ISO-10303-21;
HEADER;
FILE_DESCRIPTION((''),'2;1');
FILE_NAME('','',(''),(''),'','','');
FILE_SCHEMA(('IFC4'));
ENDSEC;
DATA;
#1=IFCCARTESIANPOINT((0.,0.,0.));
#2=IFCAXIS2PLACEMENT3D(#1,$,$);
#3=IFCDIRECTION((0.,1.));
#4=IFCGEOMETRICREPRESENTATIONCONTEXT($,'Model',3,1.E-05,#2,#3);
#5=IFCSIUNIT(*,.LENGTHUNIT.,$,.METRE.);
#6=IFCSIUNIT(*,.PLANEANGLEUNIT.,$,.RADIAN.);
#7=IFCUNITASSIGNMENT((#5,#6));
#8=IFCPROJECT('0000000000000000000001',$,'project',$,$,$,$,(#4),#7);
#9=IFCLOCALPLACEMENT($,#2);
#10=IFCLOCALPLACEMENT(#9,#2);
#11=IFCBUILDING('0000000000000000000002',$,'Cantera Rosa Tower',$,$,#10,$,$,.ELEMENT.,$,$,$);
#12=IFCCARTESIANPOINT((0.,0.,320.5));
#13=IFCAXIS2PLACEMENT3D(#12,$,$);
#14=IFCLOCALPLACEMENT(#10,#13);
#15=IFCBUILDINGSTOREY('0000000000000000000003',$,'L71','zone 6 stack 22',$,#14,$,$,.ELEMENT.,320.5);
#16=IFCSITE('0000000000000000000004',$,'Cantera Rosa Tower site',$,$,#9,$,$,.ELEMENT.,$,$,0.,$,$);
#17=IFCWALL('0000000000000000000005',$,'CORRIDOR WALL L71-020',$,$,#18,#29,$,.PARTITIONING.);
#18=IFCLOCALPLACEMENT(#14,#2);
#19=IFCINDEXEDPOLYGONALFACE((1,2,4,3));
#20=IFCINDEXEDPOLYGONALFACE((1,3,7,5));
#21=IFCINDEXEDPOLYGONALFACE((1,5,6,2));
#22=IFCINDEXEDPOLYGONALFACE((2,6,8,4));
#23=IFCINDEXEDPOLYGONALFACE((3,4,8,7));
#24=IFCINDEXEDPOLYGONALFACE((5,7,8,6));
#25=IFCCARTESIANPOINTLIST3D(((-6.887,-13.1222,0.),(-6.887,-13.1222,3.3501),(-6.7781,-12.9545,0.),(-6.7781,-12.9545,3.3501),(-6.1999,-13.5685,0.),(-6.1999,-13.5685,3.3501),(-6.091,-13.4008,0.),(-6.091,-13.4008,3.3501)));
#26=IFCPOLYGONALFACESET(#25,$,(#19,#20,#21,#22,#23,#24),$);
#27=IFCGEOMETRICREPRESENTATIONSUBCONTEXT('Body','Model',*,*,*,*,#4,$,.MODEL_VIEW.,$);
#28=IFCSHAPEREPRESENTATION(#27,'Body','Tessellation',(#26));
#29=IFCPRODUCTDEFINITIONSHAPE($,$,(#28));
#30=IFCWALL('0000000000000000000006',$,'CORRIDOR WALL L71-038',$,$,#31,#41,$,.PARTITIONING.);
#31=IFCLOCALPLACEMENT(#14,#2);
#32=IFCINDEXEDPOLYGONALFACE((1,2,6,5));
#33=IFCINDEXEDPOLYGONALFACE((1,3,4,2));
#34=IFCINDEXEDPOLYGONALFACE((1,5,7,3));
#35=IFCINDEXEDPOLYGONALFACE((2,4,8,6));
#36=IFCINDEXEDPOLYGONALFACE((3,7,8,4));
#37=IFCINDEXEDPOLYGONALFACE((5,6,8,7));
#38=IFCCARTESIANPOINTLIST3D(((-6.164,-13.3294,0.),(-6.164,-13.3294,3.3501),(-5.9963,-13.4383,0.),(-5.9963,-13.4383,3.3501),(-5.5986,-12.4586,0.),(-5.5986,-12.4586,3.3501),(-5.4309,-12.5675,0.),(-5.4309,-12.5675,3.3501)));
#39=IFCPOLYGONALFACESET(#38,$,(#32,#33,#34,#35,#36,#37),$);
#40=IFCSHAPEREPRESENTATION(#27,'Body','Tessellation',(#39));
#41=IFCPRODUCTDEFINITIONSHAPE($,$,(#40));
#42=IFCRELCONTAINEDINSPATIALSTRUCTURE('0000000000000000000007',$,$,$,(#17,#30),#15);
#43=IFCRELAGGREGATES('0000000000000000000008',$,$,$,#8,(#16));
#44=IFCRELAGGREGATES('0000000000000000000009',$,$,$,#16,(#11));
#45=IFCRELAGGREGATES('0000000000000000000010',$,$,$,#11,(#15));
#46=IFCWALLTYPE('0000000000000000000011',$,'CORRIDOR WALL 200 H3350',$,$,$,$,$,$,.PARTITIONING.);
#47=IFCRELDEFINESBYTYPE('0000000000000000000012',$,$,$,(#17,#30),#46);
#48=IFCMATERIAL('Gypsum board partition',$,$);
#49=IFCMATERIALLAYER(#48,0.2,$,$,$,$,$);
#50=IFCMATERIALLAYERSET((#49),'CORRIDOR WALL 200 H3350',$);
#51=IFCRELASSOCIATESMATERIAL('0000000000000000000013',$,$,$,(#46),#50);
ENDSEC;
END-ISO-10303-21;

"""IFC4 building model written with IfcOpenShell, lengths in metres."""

from ifc_helpers import new_model, si_unit, direction, frame, frame_2d, origin, place, context, subcontext, project, spatial, rectangle, extrude, material, layer, layer_set, type_object, element, save


model = new_model("IFC4")

# Units and contexts
model_context = context("Model", 3, precision=1e-05, world=origin(), true_north=direction((0.0, 1.0)))
body_context = subcontext(model_context, "Body", "Model", "MODEL_VIEW")
ifc_project = project(units=[si_unit("LENGTHUNIT", "METRE"), si_unit("PLANEANGLEUNIT", "RADIAN")], contexts=[model_context])

# Site, building, storey
site_placement = place(None, origin())
site = spatial("IfcSite", under=ifc_project, at=site_placement, Name="Cantera Rosa Tower site", CompositionType="ELEMENT", RefElevation=0.0)
building_placement = place(site_placement, origin())
building = spatial("IfcBuilding", under=site, at=building_placement, Name="Cantera Rosa Tower", CompositionType="ELEMENT")
storey_placement = place(building_placement, frame((0.0, 0.0, 320.5)))
storey = spatial("IfcBuildingStorey", under=building, at=storey_placement, Name="L71", Description="zone 6 stack 22", CompositionType="ELEMENT", Elevation=320.5)

# Walls
ifc_material_1 = material(Name="Gypsum board partition")
ifc_layer_1 = layer(ifc_material_1, 0.2)
ifc_layer_set_1 = layer_set([ifc_layer_1], Name="CORRIDOR WALL 200 H3350")
wall_type = type_object("IfcWallType", Name="CORRIDOR WALL 200 H3350", PredefinedType="PARTITIONING", material=ifc_layer_set_1)
wall_1_placement = place(storey_placement, frame((-6.8325, -13.0383, 0.0), z_axis=(0.0, 0.0, 1.0), x_axis=(0.838593, -0.544758, 0.0)))
element("IfcWall", 1, at=wall_1_placement, inside=storey, type_object=wall_type, Name="CORRIDOR WALL L71-020", PredefinedType="PARTITIONING", context=body_context, shape_type="SweptSolid", body=[
    extrude(rectangle(XDim=0.8193, YDim=0.2, at=frame_2d((0.4097, 0.0))), origin(), (0.0, 0.0, 1.0), 3.3501),
])
wall_2_placement = place(storey_placement, frame((-6.0801, -13.3838, 0.0), z_axis=(0.0, 0.0, 1.0), x_axis=(0.544567, 0.838717, 0.0)))
element("IfcWall", 2, at=wall_2_placement, inside=storey, type_object=wall_type, Name="CORRIDOR WALL L71-038", PredefinedType="PARTITIONING", context=body_context, shape_type="SweptSolid", body=[
    extrude(rectangle(XDim=1.0383, YDim=0.2, at=frame_2d((0.519, 0.0))), origin(), (0.0, 0.0, 1.0), 3.3501),
])

save(model, "model.ifc")
